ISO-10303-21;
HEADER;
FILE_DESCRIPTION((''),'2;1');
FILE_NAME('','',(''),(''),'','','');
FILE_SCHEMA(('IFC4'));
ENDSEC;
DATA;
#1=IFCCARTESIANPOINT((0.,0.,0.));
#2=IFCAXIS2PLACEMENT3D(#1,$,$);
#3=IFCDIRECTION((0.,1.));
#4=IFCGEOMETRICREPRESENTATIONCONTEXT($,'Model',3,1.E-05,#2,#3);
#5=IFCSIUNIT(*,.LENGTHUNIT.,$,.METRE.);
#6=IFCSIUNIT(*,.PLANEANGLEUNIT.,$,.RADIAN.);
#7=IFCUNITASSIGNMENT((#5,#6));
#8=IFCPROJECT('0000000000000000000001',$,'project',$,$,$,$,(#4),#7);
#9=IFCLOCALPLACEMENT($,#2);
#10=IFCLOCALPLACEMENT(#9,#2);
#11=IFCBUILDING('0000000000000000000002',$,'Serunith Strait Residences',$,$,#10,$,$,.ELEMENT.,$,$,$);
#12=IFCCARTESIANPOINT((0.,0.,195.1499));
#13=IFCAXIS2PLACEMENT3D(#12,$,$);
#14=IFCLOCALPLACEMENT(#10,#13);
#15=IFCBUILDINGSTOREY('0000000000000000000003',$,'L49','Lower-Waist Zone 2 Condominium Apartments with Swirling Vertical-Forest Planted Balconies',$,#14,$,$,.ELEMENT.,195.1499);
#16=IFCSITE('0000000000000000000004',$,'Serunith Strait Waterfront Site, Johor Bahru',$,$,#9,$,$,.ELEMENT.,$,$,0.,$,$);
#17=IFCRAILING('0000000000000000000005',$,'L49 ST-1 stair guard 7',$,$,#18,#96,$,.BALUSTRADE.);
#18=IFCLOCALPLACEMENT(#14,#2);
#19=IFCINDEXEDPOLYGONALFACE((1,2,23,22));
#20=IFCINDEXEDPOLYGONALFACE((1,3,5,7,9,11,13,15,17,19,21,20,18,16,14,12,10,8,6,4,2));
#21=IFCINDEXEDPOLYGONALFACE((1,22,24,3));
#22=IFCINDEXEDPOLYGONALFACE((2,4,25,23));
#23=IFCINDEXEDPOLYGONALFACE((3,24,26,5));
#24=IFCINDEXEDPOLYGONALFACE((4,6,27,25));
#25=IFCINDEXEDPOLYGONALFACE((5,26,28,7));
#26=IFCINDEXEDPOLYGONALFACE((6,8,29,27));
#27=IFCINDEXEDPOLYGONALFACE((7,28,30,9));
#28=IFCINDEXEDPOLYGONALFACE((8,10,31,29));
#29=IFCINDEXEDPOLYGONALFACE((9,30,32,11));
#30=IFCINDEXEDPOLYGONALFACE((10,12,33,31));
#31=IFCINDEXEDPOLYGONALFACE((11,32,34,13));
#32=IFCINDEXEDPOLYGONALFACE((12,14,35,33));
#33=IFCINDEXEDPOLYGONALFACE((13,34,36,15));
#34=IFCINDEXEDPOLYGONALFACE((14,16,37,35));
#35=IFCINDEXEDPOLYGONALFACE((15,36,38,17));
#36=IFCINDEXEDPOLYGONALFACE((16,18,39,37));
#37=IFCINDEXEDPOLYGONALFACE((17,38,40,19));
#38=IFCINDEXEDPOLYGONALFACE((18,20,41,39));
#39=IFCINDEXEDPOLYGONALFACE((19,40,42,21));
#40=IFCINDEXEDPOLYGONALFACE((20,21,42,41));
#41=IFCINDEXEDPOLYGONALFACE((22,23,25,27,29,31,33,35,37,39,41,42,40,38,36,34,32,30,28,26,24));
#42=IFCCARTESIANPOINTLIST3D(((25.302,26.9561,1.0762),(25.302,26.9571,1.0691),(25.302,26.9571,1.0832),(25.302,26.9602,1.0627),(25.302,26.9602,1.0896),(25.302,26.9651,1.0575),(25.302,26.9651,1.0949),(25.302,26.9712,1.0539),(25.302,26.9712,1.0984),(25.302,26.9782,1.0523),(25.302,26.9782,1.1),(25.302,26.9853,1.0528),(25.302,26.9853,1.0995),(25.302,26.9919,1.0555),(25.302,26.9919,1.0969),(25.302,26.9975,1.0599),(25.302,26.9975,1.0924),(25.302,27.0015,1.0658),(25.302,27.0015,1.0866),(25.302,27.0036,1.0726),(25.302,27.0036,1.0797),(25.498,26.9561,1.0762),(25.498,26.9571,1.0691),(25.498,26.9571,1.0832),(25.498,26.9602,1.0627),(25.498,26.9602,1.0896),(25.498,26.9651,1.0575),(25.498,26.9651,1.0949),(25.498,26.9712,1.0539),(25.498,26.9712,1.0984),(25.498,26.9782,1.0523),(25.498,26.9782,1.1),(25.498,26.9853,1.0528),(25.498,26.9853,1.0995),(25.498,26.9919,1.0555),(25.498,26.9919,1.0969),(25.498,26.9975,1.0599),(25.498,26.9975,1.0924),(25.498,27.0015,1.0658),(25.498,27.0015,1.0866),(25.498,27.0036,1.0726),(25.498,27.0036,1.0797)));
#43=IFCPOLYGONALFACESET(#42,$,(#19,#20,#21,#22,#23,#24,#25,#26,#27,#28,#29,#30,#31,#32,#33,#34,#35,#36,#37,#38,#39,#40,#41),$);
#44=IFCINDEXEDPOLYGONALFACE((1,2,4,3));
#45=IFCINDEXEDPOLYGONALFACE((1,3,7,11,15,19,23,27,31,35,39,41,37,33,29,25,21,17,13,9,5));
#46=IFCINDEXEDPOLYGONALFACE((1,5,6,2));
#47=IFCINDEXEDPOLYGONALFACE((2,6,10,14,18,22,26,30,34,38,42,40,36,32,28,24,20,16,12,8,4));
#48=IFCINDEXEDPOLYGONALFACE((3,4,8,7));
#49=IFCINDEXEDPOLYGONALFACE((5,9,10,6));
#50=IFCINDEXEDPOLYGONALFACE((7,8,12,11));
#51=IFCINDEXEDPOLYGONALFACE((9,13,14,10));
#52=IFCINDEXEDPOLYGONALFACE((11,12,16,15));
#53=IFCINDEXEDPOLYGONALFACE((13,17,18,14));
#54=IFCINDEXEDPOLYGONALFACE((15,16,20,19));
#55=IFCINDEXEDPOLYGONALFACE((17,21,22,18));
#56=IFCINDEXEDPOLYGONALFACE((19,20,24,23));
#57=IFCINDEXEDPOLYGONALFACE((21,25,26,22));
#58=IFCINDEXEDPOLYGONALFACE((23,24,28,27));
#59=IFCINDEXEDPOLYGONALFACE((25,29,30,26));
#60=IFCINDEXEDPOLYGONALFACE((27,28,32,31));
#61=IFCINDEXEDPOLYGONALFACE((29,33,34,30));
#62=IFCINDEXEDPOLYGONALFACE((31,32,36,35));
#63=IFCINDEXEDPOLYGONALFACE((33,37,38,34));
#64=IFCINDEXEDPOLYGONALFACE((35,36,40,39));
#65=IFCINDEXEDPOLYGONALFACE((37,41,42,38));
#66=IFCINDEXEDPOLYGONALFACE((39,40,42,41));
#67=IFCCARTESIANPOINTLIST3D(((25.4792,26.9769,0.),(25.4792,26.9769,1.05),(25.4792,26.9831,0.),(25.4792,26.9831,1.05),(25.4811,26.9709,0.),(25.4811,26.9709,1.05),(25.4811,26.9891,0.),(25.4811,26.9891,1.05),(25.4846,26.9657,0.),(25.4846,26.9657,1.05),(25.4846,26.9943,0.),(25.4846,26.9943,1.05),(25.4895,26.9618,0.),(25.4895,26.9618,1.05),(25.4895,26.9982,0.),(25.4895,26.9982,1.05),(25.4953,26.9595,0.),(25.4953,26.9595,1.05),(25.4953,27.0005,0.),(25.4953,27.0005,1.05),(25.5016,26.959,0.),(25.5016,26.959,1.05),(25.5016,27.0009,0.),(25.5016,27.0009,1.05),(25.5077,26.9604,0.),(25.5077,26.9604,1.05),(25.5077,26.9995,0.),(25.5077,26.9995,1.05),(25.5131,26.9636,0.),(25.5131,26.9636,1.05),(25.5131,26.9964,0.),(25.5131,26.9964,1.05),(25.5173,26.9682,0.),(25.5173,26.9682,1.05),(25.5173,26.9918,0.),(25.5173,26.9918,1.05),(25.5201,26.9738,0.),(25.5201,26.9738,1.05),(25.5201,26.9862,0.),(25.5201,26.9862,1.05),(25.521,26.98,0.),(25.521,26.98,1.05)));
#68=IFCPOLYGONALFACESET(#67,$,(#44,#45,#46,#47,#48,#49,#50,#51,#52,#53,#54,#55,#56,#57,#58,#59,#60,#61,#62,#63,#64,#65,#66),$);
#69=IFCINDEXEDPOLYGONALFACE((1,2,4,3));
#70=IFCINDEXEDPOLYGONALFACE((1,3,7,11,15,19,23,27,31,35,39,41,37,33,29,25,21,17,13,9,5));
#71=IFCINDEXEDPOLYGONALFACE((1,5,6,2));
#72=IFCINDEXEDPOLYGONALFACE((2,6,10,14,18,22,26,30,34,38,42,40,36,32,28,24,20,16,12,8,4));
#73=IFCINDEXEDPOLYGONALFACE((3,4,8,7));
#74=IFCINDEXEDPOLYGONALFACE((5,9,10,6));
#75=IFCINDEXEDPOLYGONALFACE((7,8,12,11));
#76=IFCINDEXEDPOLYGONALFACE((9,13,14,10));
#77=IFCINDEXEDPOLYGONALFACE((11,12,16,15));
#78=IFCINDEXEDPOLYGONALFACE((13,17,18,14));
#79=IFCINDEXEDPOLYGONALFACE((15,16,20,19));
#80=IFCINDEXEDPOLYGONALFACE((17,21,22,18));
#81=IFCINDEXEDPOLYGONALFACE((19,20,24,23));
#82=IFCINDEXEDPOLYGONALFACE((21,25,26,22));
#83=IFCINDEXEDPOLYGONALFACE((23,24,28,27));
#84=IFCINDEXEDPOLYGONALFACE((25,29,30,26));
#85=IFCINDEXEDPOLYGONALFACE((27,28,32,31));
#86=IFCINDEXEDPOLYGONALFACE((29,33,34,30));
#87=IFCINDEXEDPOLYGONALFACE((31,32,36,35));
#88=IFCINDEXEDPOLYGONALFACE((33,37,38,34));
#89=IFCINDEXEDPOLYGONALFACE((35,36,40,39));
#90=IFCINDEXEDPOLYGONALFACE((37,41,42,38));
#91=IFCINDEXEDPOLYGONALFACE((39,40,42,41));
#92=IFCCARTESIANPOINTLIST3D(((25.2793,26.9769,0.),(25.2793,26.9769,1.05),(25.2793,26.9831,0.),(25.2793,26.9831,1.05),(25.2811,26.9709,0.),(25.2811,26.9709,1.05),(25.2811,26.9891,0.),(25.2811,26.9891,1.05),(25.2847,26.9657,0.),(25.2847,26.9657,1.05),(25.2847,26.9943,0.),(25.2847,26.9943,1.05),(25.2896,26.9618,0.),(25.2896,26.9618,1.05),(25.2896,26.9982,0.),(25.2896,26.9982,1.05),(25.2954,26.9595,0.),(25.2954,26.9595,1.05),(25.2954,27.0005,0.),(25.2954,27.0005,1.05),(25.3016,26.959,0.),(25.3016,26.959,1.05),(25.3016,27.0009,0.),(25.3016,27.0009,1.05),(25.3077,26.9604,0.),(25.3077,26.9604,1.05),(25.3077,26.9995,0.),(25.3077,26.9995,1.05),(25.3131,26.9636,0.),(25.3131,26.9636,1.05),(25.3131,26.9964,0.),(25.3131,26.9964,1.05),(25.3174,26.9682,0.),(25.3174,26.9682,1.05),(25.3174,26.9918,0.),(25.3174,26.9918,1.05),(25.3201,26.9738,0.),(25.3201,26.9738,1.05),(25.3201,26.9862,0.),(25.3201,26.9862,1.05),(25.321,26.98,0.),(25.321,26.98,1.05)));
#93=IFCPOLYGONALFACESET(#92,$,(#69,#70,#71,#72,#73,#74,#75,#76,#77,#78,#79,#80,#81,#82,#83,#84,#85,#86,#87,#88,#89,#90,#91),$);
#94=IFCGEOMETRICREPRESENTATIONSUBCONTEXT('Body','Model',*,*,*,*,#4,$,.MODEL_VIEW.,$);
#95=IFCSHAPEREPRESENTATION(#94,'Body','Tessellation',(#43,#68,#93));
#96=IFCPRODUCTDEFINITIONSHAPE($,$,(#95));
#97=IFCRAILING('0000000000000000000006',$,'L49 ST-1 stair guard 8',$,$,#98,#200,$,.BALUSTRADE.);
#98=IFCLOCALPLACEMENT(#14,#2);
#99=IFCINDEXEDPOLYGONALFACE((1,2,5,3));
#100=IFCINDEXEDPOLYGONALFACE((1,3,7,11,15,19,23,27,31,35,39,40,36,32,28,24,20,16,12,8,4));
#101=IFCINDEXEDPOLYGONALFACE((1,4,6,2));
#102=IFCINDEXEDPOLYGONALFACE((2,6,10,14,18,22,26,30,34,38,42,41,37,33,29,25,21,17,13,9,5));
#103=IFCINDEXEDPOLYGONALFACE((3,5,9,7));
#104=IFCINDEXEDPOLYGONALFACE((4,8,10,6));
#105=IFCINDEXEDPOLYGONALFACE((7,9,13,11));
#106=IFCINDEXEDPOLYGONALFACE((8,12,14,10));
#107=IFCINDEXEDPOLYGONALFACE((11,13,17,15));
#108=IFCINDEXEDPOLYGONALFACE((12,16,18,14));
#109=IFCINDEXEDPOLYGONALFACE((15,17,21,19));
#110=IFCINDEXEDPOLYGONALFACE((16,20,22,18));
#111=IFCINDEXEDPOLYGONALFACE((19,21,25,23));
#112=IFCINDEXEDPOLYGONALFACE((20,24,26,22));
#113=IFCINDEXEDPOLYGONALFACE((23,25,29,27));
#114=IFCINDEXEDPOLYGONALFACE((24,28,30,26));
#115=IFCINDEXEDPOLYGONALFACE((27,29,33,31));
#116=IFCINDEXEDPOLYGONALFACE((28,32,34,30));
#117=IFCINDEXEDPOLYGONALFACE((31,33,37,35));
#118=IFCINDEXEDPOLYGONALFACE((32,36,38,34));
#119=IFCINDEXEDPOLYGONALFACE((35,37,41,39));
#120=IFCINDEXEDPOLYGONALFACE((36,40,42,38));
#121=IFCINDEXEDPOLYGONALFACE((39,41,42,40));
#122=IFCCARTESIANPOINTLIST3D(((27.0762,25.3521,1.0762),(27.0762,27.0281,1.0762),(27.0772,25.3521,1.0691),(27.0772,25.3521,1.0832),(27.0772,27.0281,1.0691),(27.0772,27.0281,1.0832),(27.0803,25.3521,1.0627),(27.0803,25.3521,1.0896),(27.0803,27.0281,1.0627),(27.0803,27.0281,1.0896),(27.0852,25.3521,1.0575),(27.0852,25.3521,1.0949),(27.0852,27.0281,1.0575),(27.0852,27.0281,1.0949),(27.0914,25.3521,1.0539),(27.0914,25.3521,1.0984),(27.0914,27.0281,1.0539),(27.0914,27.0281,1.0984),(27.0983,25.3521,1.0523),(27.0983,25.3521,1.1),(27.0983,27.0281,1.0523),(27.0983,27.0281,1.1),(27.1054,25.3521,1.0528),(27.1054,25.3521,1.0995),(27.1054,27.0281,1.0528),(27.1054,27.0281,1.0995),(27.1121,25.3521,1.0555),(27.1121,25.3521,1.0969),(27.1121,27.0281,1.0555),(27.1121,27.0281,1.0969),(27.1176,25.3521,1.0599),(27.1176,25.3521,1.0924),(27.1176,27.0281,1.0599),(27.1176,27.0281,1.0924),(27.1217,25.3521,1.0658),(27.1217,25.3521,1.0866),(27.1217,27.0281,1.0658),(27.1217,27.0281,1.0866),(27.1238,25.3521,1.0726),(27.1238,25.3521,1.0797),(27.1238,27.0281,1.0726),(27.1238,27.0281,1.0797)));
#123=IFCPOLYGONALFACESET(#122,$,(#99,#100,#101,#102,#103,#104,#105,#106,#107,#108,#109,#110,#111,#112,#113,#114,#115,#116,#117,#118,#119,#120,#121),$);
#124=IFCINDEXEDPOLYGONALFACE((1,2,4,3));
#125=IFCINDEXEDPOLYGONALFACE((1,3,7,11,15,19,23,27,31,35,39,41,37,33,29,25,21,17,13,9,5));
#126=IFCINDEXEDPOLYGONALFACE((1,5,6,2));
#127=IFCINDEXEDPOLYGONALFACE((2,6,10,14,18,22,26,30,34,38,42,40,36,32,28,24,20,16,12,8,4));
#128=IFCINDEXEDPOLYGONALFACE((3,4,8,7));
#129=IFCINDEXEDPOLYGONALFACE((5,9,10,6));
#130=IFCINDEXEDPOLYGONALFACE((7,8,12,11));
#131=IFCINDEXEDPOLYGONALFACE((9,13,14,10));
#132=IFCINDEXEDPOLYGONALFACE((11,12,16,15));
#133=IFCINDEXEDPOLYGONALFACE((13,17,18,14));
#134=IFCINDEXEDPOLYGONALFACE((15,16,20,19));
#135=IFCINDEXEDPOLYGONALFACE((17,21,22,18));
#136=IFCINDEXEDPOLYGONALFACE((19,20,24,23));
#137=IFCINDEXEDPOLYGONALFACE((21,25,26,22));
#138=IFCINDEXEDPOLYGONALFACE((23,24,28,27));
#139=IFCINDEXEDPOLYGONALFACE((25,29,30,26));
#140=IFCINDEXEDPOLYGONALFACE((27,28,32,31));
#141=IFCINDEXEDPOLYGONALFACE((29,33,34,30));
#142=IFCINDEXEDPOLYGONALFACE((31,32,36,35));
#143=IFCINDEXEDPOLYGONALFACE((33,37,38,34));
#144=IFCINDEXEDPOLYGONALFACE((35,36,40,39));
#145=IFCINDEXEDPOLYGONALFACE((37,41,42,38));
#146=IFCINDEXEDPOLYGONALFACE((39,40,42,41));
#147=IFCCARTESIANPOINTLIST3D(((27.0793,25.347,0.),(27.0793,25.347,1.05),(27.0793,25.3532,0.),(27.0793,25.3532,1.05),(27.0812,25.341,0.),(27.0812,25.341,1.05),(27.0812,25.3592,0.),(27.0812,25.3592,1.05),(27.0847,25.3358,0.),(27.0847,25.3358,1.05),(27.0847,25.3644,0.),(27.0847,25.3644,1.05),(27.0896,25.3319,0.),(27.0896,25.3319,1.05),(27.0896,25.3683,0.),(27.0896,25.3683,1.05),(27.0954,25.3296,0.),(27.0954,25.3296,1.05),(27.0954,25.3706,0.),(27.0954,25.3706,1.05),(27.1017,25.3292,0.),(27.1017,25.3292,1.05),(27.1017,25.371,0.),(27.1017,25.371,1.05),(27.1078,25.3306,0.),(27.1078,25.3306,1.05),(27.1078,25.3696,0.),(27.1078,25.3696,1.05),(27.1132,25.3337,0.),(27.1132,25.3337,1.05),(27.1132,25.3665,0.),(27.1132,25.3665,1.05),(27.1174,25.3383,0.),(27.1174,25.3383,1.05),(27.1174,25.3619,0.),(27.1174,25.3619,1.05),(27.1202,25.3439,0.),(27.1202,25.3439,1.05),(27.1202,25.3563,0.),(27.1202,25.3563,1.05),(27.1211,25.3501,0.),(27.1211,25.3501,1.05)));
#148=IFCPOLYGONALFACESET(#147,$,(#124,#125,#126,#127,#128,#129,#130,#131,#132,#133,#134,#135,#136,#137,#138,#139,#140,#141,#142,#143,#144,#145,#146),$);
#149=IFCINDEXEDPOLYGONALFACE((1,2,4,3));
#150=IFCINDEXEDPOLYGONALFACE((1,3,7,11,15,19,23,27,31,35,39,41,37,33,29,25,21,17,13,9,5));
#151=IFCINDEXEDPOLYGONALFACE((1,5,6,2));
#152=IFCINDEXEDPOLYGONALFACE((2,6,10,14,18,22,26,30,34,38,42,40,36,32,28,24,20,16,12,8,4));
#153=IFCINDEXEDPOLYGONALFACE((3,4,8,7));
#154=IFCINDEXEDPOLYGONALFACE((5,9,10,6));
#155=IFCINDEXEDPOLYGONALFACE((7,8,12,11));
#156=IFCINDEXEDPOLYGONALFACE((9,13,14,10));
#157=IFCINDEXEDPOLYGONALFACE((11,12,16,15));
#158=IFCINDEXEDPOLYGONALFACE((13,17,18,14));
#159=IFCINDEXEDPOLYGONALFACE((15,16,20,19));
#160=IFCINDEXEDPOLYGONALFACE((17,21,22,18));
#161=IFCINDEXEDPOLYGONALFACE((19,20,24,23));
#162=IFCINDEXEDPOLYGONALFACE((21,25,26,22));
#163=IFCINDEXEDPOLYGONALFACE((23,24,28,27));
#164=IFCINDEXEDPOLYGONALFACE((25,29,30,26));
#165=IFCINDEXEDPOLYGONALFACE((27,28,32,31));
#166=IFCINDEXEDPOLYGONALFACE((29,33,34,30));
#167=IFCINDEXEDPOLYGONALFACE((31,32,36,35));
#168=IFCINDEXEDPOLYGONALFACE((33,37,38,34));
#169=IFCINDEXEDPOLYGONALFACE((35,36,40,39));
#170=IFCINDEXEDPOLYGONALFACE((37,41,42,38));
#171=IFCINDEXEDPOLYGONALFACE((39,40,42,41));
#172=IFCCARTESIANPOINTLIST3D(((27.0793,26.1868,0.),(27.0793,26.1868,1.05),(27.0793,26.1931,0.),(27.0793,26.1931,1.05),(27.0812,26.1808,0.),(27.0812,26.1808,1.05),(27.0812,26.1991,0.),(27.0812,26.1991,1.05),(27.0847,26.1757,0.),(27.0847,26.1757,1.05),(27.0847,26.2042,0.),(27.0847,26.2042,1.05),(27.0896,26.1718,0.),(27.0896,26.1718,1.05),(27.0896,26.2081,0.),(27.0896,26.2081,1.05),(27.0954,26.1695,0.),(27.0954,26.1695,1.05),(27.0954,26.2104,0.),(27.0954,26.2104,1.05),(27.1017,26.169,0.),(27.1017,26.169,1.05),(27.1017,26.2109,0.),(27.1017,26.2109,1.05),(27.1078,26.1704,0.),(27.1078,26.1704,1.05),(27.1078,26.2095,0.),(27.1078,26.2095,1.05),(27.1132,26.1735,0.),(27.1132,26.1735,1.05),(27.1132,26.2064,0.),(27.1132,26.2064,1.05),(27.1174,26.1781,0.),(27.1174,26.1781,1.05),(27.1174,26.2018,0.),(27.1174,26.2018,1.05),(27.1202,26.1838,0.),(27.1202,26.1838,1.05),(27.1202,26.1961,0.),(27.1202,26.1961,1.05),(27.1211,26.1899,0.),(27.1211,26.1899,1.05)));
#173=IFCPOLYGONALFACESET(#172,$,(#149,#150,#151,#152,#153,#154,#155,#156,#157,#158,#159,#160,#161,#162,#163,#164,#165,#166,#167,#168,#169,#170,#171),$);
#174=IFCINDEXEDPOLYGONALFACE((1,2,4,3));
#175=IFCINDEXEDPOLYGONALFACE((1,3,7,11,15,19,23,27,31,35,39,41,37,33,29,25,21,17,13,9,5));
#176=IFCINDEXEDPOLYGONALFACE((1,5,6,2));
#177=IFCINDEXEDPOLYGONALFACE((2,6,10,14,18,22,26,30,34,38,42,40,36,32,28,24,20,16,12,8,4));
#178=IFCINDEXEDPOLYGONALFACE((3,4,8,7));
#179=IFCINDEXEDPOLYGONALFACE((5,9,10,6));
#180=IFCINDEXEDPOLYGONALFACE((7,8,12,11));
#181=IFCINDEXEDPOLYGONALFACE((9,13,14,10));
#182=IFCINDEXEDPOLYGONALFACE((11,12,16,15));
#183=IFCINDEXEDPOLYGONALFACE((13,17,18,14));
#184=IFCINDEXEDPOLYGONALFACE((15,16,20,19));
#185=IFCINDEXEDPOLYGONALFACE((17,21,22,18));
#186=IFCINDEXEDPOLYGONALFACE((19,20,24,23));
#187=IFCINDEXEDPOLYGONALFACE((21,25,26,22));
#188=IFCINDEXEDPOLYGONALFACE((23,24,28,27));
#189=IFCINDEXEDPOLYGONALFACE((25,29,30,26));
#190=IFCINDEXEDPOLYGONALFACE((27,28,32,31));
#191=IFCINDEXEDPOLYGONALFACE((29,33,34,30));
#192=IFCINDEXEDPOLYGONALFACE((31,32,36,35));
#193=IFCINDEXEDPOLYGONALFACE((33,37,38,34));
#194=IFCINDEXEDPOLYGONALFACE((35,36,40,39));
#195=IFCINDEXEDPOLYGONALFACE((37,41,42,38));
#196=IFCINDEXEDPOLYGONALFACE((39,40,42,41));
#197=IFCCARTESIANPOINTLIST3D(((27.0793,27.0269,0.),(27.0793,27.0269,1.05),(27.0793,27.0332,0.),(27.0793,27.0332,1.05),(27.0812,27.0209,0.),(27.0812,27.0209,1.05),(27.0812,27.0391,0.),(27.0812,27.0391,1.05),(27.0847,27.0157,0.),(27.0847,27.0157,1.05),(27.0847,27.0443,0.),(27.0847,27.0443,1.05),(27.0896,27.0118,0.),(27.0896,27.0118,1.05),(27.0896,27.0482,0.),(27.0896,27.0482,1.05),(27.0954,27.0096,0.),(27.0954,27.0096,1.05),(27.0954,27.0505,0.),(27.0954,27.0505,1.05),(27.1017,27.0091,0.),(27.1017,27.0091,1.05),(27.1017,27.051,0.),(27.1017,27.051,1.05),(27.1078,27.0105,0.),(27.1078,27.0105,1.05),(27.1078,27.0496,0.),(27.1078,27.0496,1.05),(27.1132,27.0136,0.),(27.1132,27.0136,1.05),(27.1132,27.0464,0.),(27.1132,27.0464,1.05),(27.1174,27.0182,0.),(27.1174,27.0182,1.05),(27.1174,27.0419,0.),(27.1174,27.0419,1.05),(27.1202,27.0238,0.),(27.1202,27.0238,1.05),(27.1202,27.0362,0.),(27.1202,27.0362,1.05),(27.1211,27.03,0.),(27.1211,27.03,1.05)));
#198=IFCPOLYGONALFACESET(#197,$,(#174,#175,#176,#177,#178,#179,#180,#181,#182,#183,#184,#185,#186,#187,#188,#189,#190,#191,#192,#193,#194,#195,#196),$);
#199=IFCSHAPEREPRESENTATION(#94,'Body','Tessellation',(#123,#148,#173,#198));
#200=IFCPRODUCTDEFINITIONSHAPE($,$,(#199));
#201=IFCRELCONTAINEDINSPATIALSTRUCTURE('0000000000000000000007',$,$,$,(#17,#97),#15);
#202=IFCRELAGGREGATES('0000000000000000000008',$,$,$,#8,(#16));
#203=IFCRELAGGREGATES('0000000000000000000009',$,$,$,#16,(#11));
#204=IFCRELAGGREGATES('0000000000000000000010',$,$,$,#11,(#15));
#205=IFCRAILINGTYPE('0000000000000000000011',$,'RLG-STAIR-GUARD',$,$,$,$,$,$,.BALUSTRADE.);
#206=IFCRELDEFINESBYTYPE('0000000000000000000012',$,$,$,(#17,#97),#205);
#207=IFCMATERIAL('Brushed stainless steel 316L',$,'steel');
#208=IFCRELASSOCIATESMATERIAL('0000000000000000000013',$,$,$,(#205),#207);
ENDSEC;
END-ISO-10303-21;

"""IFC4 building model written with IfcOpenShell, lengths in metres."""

from ifc_helpers import new_model, si_unit, direction, frame, origin, origin_2d, place, context, subcontext, project, spatial, circle, extrude, material, type_object, element, save


model = new_model("IFC4")

# Units and contexts
model_context = context("Model", 3, precision=1e-05, world=origin(), true_north=direction((0.0, 1.0)))
body_context = subcontext(model_context, "Body", "Model", "MODEL_VIEW")
ifc_project = project(units=[si_unit("LENGTHUNIT", "METRE"), si_unit("PLANEANGLEUNIT", "RADIAN")], contexts=[model_context])

# Site, building, storey
site_placement = place(None, origin())
site = spatial("IfcSite", under=ifc_project, at=site_placement, Name="Serunith Strait Waterfront Site, Johor Bahru", CompositionType="ELEMENT", RefElevation=0.0)
building_placement = place(site_placement, origin())
building = spatial("IfcBuilding", under=site, at=building_placement, Name="Serunith Strait Residences", CompositionType="ELEMENT")
storey_placement = place(building_placement, frame((0.0, 0.0, 195.1499)))
storey = spatial("IfcBuildingStorey", under=building, at=storey_placement, Name="L49", Description="Lower-Waist Zone 2 Condominium Apartments with Swirling Vertical-Forest Planted Balconies", CompositionType="ELEMENT", Elevation=195.1499)

# Railings
ifc_material_1 = material(Name="Brushed stainless steel 316L", Category="steel")
railing_type_1 = type_object("IfcRailingType", Name="RLG-STAIR-GUARD", PredefinedType="BALUSTRADE", material=ifc_material_1)
railing_1_placement = place(storey_placement, frame((25.5, 26.98, 0.0)))
element("IfcRailing", 1, at=railing_1_placement, inside=storey, type_object=railing_type_1, Name="L49 ST-1 stair guard 7", PredefinedType="BALUSTRADE", context=body_context, shape_type="SweptSolid", body=[
    extrude(circle(Radius=0.0239, at=origin_2d()), frame((-0.002, 0.0, 1.0762), z_axis=(-1.0, 0.0, 0.0), x_axis=(0.0, -1.0, 0.0)), (0.0, 0.0, 1.0), 0.196),
    extrude(circle(Radius=0.021, at=origin_2d()), origin(), (0.0, 0.0, 1.0), 1.05),
    extrude(circle(Radius=0.021, at=origin_2d()), frame((-0.2, 0.0, 0.0)), (0.0, 0.0, 1.0), 1.05),
])
for number, where, name in (
    (2, (27.1001, 25.3501, 0.0), "L49 ST-1 stair guard 8"),
):
    element("IfcRailing", number, at=place(storey_placement, frame(where)), inside=storey, type_object=railing_type_1, Name=name, PredefinedType="BALUSTRADE", context=body_context, shape_type="SweptSolid", body=[
        extrude(circle(Radius=0.0239, at=origin_2d()), frame((0.0, 0.002, 1.0762), z_axis=(0.0, 1.0, 0.0), x_axis=(-1.0, 0.0, 0.0)), (0.0, 0.0, 1.0), 1.676),
        extrude(circle(Radius=0.021, at=origin_2d()), origin(), (0.0, 0.0, 1.0), 1.05),
        extrude(circle(Radius=0.021, at=origin_2d()), frame((0.0, 0.8398, 0.0)), (0.0, 0.0, 1.0), 1.05),
        extrude(circle(Radius=0.021, at=origin_2d()), frame((0.0, 1.6799, 0.0)), (0.0, 0.0, 1.0), 1.05),
    ])

save(model, "model.ifc")
